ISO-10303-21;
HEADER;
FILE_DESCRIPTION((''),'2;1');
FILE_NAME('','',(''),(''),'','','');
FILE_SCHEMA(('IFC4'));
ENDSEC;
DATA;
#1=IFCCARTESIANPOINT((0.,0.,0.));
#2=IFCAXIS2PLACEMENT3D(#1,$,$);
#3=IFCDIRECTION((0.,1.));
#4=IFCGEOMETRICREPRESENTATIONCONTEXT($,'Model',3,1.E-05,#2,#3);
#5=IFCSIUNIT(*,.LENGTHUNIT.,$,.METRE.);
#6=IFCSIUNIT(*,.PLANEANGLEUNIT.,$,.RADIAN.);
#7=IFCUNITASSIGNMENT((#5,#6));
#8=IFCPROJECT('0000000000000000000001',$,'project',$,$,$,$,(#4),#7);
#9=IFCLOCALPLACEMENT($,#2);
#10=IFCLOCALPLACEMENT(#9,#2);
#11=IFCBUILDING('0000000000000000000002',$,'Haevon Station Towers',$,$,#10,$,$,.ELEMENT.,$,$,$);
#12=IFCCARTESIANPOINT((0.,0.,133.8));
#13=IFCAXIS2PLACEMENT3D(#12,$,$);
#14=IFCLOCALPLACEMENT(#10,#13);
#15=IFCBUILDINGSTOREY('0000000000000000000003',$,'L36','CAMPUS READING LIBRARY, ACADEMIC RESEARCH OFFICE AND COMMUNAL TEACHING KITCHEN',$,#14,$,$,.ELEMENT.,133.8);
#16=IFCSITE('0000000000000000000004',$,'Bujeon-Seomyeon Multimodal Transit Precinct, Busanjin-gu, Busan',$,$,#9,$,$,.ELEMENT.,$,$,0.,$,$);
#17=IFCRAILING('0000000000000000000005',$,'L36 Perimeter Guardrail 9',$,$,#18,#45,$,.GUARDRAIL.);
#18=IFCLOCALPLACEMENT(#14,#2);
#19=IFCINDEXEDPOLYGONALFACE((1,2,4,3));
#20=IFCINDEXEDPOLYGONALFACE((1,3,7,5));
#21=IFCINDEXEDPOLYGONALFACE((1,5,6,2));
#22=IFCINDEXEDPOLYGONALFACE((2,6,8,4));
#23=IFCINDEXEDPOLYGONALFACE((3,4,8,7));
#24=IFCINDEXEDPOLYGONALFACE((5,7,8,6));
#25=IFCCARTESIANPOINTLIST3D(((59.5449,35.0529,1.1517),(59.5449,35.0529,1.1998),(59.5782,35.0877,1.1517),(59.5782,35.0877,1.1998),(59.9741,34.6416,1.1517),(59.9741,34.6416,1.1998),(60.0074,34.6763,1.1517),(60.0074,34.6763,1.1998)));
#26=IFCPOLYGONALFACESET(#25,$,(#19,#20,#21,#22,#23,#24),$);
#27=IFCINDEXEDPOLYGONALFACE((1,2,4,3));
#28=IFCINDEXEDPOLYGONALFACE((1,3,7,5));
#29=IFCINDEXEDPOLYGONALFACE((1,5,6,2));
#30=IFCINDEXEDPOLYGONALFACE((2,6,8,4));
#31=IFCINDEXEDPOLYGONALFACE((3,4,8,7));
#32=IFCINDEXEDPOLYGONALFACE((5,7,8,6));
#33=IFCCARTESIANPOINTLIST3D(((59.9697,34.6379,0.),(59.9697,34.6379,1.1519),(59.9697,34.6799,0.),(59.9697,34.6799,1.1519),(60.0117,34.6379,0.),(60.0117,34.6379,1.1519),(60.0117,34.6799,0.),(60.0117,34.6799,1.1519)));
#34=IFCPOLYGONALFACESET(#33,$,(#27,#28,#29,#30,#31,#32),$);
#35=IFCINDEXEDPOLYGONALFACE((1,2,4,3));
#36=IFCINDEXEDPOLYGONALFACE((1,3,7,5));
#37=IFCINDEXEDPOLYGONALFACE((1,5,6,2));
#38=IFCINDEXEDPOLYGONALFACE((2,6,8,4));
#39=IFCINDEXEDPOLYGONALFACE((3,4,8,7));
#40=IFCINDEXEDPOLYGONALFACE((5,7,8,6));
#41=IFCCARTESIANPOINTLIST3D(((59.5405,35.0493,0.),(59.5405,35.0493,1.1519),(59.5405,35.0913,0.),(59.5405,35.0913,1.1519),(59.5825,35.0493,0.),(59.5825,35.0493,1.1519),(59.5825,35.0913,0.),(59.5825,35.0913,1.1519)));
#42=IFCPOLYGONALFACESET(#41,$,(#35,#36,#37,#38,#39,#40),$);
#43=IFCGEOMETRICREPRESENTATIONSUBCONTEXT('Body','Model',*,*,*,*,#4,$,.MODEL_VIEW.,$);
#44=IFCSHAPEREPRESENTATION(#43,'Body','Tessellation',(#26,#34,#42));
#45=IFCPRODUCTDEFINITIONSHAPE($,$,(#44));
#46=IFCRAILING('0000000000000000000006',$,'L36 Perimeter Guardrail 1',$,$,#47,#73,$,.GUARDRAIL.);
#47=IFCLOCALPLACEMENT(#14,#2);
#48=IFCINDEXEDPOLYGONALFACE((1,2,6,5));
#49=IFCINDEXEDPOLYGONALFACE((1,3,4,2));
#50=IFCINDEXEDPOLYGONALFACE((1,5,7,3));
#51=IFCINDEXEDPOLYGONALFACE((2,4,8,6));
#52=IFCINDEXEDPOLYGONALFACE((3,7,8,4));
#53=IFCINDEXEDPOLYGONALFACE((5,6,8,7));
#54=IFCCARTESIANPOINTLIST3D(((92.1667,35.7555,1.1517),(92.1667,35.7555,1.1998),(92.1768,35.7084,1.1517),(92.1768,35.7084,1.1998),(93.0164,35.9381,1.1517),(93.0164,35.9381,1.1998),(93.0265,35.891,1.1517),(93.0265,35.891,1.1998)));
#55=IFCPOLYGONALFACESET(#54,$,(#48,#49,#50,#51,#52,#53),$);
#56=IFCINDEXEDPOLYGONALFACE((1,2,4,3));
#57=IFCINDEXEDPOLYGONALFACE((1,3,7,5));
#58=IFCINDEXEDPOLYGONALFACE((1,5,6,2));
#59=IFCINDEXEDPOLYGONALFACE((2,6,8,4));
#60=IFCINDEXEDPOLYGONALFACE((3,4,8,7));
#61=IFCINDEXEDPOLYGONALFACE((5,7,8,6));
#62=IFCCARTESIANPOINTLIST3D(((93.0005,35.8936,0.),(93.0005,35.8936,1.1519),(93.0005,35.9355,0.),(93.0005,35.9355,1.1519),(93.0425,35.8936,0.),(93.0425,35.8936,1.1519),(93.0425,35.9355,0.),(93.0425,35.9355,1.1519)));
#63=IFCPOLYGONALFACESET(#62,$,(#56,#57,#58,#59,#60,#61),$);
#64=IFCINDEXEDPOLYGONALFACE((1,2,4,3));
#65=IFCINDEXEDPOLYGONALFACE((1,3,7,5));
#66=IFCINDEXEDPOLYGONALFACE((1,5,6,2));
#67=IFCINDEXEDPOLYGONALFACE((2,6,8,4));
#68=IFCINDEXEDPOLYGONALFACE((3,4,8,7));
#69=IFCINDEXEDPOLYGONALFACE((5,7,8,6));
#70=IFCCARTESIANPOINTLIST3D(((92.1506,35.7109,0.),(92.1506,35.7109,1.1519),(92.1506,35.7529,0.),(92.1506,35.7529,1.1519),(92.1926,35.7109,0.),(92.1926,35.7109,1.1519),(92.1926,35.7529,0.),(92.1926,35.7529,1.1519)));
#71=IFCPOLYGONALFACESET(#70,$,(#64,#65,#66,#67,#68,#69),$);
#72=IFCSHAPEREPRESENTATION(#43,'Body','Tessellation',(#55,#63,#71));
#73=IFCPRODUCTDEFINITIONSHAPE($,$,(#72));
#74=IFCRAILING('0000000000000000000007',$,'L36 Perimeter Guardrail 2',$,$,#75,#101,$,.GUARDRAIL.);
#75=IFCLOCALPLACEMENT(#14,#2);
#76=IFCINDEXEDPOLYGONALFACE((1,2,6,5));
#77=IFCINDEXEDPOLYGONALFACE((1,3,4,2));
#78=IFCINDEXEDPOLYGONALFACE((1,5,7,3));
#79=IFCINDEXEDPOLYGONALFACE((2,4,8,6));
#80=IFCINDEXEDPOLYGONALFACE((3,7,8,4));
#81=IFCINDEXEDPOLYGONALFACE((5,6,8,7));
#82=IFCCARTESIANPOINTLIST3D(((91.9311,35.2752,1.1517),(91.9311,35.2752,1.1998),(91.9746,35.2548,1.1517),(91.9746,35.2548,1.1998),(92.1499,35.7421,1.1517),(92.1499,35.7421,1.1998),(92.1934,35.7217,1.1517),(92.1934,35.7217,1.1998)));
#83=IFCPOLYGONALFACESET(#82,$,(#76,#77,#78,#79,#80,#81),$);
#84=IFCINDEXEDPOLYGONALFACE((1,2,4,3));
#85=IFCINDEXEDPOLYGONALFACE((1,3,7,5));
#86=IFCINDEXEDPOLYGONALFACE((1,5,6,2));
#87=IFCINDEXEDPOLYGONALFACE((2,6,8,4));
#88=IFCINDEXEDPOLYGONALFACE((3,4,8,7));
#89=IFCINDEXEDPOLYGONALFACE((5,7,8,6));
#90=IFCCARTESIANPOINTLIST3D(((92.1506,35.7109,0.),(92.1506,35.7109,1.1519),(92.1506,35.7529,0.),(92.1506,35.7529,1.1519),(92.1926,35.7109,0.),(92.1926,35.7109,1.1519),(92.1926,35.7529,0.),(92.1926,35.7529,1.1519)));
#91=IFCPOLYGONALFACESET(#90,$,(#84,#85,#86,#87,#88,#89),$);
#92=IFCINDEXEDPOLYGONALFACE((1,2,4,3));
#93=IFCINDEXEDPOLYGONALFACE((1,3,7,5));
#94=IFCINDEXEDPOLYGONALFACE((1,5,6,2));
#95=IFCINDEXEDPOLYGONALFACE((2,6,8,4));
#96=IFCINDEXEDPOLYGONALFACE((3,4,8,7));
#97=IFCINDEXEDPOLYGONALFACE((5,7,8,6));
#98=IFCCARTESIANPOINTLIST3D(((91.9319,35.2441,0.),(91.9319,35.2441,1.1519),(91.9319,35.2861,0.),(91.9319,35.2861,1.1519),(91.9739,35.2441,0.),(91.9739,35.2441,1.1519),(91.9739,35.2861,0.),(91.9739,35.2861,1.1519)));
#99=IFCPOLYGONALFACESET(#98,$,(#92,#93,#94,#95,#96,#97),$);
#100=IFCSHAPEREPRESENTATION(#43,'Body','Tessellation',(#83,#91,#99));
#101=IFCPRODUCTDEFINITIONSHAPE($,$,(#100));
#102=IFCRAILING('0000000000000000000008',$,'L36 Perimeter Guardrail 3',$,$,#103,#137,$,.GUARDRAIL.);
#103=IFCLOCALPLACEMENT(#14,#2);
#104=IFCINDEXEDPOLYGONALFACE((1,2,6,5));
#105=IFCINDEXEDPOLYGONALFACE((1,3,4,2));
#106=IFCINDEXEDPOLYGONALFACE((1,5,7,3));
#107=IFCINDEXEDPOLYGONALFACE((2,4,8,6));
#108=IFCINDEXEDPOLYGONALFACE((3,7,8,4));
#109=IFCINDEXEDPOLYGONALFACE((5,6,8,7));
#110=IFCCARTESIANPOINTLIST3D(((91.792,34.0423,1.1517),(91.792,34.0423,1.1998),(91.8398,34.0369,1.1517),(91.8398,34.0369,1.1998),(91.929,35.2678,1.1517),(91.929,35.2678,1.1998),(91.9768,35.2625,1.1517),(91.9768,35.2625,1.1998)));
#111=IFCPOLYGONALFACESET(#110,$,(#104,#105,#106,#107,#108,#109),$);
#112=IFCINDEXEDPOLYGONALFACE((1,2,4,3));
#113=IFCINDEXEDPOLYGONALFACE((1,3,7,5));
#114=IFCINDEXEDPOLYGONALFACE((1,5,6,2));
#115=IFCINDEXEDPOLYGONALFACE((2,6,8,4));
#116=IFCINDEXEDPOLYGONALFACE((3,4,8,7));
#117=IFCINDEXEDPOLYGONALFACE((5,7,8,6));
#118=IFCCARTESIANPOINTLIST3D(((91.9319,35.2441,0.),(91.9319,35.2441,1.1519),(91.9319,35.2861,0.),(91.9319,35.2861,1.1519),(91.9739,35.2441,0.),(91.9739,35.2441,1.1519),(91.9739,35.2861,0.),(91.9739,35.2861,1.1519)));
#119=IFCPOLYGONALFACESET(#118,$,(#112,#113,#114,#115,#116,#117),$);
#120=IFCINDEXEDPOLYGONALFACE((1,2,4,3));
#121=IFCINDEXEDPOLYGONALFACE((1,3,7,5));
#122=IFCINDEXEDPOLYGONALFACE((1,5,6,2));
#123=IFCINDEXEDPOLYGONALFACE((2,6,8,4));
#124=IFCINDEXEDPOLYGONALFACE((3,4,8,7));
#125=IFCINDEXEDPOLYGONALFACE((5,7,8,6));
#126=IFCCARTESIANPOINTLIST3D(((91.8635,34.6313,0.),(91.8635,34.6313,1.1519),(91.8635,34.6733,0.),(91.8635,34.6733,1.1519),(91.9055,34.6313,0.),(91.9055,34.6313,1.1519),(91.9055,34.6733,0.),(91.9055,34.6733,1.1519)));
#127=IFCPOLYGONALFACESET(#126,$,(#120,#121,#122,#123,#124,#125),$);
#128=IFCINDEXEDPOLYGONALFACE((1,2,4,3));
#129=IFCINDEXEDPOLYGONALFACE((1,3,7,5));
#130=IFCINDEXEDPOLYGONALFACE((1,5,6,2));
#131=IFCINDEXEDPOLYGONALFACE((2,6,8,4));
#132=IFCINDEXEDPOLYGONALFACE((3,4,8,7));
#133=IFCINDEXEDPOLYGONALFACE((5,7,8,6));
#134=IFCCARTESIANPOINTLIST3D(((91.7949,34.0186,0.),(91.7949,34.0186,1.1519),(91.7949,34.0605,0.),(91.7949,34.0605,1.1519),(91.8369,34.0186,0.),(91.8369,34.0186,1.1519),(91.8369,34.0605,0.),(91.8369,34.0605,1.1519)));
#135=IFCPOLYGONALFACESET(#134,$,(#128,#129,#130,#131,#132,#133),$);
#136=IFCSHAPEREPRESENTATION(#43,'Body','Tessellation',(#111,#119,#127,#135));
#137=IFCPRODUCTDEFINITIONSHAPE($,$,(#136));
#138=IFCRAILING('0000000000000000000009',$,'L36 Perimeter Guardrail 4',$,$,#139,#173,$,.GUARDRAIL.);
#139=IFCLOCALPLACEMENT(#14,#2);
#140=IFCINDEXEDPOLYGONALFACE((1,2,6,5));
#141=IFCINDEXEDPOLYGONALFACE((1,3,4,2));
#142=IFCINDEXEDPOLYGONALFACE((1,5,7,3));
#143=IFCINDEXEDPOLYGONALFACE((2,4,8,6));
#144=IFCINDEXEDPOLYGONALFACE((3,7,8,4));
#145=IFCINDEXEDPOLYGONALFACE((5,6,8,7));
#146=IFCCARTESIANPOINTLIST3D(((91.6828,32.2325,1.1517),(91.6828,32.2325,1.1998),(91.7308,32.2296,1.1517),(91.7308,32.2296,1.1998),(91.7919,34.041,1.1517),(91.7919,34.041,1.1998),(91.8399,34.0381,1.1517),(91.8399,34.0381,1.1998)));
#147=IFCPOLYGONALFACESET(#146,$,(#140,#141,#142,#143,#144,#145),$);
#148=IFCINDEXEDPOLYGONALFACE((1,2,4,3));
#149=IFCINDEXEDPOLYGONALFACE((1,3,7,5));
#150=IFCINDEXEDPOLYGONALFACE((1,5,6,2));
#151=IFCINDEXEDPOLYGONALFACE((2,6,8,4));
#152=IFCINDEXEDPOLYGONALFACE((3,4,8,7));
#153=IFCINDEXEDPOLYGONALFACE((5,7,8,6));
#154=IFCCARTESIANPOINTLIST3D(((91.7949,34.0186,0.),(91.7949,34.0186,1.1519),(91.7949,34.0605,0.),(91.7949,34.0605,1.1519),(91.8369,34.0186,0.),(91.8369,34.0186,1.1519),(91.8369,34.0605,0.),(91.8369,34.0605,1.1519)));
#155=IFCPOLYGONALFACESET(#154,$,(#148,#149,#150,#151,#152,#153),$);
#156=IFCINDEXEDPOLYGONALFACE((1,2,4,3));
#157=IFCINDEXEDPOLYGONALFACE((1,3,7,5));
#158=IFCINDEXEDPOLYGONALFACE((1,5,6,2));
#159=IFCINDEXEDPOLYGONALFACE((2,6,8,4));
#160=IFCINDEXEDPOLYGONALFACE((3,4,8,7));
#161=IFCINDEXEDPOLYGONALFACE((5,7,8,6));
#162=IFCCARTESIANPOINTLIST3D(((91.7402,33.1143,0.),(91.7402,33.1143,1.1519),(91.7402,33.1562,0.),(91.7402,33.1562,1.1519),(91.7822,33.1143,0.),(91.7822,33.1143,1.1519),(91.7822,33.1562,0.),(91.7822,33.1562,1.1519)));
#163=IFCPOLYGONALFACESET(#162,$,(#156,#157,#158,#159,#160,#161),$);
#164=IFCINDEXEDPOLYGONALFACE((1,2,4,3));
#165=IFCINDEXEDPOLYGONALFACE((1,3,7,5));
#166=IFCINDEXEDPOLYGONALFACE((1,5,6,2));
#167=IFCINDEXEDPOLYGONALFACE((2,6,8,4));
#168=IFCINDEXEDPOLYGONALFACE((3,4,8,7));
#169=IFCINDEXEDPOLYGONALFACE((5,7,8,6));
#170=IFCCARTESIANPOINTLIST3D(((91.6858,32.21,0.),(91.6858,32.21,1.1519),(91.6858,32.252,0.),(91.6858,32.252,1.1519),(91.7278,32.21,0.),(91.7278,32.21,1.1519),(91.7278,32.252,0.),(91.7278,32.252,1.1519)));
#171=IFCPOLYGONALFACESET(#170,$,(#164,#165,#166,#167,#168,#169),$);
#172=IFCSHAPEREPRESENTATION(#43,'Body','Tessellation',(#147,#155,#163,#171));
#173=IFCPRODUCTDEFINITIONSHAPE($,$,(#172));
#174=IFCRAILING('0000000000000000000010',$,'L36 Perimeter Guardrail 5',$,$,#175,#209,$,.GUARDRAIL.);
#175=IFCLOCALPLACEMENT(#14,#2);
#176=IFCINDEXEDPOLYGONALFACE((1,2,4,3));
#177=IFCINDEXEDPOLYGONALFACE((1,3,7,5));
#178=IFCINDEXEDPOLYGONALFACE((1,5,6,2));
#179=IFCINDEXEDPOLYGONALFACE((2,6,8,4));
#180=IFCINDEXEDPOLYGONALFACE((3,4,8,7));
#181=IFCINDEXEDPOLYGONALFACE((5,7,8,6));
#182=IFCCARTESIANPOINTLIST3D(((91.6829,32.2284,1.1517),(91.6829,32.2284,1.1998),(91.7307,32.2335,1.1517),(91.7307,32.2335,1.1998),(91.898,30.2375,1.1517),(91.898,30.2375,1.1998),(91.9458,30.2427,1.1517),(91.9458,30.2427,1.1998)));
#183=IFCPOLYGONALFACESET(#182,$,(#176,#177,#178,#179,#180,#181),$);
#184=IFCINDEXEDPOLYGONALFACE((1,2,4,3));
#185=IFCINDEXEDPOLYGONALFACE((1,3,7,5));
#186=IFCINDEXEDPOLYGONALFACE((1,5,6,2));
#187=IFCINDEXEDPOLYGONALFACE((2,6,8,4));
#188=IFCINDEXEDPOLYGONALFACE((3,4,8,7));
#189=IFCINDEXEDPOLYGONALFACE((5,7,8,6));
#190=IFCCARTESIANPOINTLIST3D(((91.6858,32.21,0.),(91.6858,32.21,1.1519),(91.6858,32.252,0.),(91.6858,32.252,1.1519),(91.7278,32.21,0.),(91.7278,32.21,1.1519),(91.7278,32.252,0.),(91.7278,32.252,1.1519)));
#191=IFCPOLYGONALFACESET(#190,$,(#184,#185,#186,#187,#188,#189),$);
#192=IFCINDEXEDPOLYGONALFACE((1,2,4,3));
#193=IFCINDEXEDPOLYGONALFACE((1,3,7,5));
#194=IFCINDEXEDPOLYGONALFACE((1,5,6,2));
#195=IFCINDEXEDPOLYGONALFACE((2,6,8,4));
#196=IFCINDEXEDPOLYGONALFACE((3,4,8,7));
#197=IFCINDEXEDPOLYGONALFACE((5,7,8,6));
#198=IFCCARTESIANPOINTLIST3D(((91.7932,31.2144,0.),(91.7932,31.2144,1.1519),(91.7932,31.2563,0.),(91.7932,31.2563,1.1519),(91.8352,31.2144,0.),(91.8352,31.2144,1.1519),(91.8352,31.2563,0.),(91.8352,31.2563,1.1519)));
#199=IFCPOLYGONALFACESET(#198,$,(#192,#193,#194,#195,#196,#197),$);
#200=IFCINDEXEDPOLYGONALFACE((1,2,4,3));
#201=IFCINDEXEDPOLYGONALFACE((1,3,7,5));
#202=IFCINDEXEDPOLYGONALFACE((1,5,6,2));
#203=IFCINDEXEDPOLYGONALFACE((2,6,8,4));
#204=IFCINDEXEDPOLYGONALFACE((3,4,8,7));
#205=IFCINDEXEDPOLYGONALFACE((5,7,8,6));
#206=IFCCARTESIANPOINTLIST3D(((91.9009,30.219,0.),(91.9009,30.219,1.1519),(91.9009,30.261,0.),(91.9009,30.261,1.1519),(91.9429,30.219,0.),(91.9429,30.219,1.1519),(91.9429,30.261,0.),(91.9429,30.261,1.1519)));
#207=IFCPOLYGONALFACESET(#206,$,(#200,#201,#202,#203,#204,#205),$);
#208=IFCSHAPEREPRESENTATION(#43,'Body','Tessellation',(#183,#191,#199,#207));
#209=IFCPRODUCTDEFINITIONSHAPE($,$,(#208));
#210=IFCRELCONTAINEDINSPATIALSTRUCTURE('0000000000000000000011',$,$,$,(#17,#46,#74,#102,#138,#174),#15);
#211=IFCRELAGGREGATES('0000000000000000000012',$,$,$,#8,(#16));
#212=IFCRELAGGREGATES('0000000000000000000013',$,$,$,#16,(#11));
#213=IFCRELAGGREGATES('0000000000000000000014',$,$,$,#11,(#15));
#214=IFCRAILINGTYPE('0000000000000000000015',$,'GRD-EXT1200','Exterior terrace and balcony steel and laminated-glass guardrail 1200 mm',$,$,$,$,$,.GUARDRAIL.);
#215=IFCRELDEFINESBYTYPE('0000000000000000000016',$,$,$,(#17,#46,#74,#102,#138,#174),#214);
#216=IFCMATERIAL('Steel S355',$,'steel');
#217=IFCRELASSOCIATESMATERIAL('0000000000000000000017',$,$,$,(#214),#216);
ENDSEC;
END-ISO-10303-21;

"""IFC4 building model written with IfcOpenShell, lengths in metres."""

from ifc_helpers import new_model, si_unit, direction, frame, origin, origin_2d, place, context, subcontext, project, spatial, rectangle, extrude, material, type_object, element, save


model = new_model("IFC4")

# Units and contexts
model_context = context("Model", 3, precision=1e-05, world=origin(), true_north=direction((0.0, 1.0)))
body_context = subcontext(model_context, "Body", "Model", "MODEL_VIEW")
ifc_project = project(units=[si_unit("LENGTHUNIT", "METRE"), si_unit("PLANEANGLEUNIT", "RADIAN")], contexts=[model_context])

# Site, building, storey
site_placement = place(None, origin())
site = spatial("IfcSite", under=ifc_project, at=site_placement, Name="Bujeon-Seomyeon Multimodal Transit Precinct, Busanjin-gu, Busan", CompositionType="ELEMENT", RefElevation=0.0)
building_placement = place(site_placement, origin())
building = spatial("IfcBuilding", under=site, at=building_placement, Name="Haevon Station Towers", CompositionType="ELEMENT")
storey_placement = place(building_placement, frame((0.0, 0.0, 133.8)))
storey = spatial("IfcBuildingStorey", under=building, at=storey_placement, Name="L36", Description="CAMPUS READING LIBRARY, ACADEMIC RESEARCH OFFICE AND COMMUNAL TEACHING KITCHEN", CompositionType="ELEMENT", Elevation=133.8)

# Shared definitions
ifc_material_1 = material(Name="Steel S355", Category="steel")

# Railings
railing_type = type_object("IfcRailingType", Name="GRD-EXT1200", Description="Exterior terrace and balcony steel and laminated-glass guardrail 1200 mm", PredefinedType="GUARDRAIL", material=ifc_material_1)
railing_1_placement = place(storey_placement, frame((59.9907, 34.6589, 0.0)))
element("IfcRailing", 1, at=railing_1_placement, inside=storey, type_object=railing_type, Name="L36 Perimeter Guardrail 9", PredefinedType="GUARDRAIL", context=body_context, shape_type="SweptSolid", body=[
    extrude(rectangle(XDim=0.0481, YDim=0.0481, at=origin_2d()), frame((0.0, 0.0, 1.1758), z_axis=(-0.721937, 0.691959, 0.0), x_axis=(-0.691959, -0.721937, 0.0)), (0.0, 0.0, 1.0), 0.5945),
    extrude(rectangle(XDim=0.042, YDim=0.042, at=origin_2d()), origin(), (0.0, 0.0, 1.0), 1.1519),
    extrude(rectangle(XDim=0.042, YDim=0.042, at=origin_2d()), frame((-0.4292, 0.4114, 0.0)), (0.0, 0.0, 1.0), 1.1519),
])
railing_2_placement = place(storey_placement, frame((93.0215, 35.9146, 0.0)))
element("IfcRailing", 2, at=railing_2_placement, inside=storey, type_object=railing_type, Name="L36 Perimeter Guardrail 1", PredefinedType="GUARDRAIL", context=body_context, shape_type="SweptSolid", body=[
    extrude(rectangle(XDim=0.0481, YDim=0.0481, at=origin_2d()), frame((0.0, 0.0, 1.1758), z_axis=(-0.977683, -0.210085, 0.0), x_axis=(0.210085, -0.977683, 0.0)), (0.0, 0.0, 1.0), 0.8691),
    extrude(rectangle(XDim=0.042, YDim=0.042, at=origin_2d()), origin(), (0.0, 0.0, 1.0), 1.1519),
    extrude(rectangle(XDim=0.042, YDim=0.042, at=origin_2d()), frame((-0.8499, -0.1826, 0.0)), (0.0, 0.0, 1.0), 1.1519),
])
railing_3_placement = place(storey_placement, frame((92.1716, 35.7319, 0.0)))
element("IfcRailing", 3, at=railing_3_placement, inside=storey, type_object=railing_type, Name="L36 Perimeter Guardrail 2", PredefinedType="GUARDRAIL", context=body_context, shape_type="SweptSolid", body=[
    extrude(rectangle(XDim=0.0481, YDim=0.0481, at=origin_2d()), frame((0.0, 0.0, 1.1758), z_axis=(-0.424337, -0.905504, 0.0), x_axis=(0.905504, -0.424337, 0.0)), (0.0, 0.0, 1.0), 0.5156),
    extrude(rectangle(XDim=0.042, YDim=0.042, at=origin_2d()), origin(), (0.0, 0.0, 1.0), 1.1519),
    extrude(rectangle(XDim=0.042, YDim=0.042, at=origin_2d()), frame((-0.2188, -0.4668, 0.0)), (0.0, 0.0, 1.0), 1.1519),
])
railing_4_placement = place(storey_placement, frame((91.9529, 35.2651, 0.0)))
element("IfcRailing", 4, at=railing_4_placement, inside=storey, type_object=railing_type, Name="L36 Perimeter Guardrail 3", PredefinedType="GUARDRAIL", context=body_context, shape_type="SweptSolid", body=[
    extrude(rectangle(XDim=0.0481, YDim=0.0481, at=origin_2d()), frame((0.0, 0.0, 1.1758), z_axis=(-0.111062, -0.993814, 0.0), x_axis=(0.993814, -0.111062, 0.0)), (0.0, 0.0, 1.0), 1.2332),
    extrude(rectangle(XDim=0.042, YDim=0.042, at=origin_2d()), origin(), (0.0, 0.0, 1.0), 1.1519),
    extrude(rectangle(XDim=0.042, YDim=0.042, at=origin_2d()), frame((-0.0684, -0.6128, 0.0)), (0.0, 0.0, 1.0), 1.1519),
    extrude(rectangle(XDim=0.042, YDim=0.042, at=origin_2d()), frame((-0.137, -1.2256, 0.0)), (0.0, 0.0, 1.0), 1.1519),
])
railing_5_placement = place(storey_placement, frame((91.8159, 34.0396, 0.0)))
element("IfcRailing", 5, at=railing_5_placement, inside=storey, type_object=railing_type, Name="L36 Perimeter Guardrail 4", PredefinedType="GUARDRAIL", context=body_context, shape_type="SweptSolid", body=[
    extrude(rectangle(XDim=0.0481, YDim=0.0481, at=origin_2d()), frame((0.0, 0.0, 1.1758), z_axis=(-0.060231, -0.998184, 0.0), x_axis=(0.998184, -0.060231, 0.0)), (0.0, 0.0, 1.0), 1.8118),
    extrude(rectangle(XDim=0.042, YDim=0.042, at=origin_2d()), origin(), (0.0, 0.0, 1.0), 1.1519),
    extrude(rectangle(XDim=0.042, YDim=0.042, at=origin_2d()), frame((-0.0547, -0.9043, 0.0)), (0.0, 0.0, 1.0), 1.1519),
    extrude(rectangle(XDim=0.042, YDim=0.042, at=origin_2d()), frame((-0.1091, -1.8086, 0.0)), (0.0, 0.0, 1.0), 1.1519),
])
railing_6_placement = place(storey_placement, frame((91.7068, 32.231, 0.0)))
element("IfcRailing", 6, at=railing_6_placement, inside=storey, type_object=railing_type, Name="L36 Perimeter Guardrail 5", PredefinedType="GUARDRAIL", context=body_context, shape_type="SweptSolid", body=[
    extrude(rectangle(XDim=0.0481, YDim=0.0481, at=origin_2d()), frame((0.0, 0.0, 1.1758), z_axis=(0.107407, -0.994215, 0.0), x_axis=(0.994215, 0.107407, 0.0)), (0.0, 0.0, 1.0), 2.0024),
    extrude(rectangle(XDim=0.042, YDim=0.042, at=origin_2d()), origin(), (0.0, 0.0, 1.0), 1.1519),
    extrude(rectangle(XDim=0.042, YDim=0.042, at=origin_2d()), frame((0.1074, -0.9956, 0.0)), (0.0, 0.0, 1.0), 1.1519),
    extrude(rectangle(XDim=0.042, YDim=0.042, at=origin_2d()), frame((0.2151, -1.991, 0.0)), (0.0, 0.0, 1.0), 1.1519),
])

save(model, "model.ifc")
